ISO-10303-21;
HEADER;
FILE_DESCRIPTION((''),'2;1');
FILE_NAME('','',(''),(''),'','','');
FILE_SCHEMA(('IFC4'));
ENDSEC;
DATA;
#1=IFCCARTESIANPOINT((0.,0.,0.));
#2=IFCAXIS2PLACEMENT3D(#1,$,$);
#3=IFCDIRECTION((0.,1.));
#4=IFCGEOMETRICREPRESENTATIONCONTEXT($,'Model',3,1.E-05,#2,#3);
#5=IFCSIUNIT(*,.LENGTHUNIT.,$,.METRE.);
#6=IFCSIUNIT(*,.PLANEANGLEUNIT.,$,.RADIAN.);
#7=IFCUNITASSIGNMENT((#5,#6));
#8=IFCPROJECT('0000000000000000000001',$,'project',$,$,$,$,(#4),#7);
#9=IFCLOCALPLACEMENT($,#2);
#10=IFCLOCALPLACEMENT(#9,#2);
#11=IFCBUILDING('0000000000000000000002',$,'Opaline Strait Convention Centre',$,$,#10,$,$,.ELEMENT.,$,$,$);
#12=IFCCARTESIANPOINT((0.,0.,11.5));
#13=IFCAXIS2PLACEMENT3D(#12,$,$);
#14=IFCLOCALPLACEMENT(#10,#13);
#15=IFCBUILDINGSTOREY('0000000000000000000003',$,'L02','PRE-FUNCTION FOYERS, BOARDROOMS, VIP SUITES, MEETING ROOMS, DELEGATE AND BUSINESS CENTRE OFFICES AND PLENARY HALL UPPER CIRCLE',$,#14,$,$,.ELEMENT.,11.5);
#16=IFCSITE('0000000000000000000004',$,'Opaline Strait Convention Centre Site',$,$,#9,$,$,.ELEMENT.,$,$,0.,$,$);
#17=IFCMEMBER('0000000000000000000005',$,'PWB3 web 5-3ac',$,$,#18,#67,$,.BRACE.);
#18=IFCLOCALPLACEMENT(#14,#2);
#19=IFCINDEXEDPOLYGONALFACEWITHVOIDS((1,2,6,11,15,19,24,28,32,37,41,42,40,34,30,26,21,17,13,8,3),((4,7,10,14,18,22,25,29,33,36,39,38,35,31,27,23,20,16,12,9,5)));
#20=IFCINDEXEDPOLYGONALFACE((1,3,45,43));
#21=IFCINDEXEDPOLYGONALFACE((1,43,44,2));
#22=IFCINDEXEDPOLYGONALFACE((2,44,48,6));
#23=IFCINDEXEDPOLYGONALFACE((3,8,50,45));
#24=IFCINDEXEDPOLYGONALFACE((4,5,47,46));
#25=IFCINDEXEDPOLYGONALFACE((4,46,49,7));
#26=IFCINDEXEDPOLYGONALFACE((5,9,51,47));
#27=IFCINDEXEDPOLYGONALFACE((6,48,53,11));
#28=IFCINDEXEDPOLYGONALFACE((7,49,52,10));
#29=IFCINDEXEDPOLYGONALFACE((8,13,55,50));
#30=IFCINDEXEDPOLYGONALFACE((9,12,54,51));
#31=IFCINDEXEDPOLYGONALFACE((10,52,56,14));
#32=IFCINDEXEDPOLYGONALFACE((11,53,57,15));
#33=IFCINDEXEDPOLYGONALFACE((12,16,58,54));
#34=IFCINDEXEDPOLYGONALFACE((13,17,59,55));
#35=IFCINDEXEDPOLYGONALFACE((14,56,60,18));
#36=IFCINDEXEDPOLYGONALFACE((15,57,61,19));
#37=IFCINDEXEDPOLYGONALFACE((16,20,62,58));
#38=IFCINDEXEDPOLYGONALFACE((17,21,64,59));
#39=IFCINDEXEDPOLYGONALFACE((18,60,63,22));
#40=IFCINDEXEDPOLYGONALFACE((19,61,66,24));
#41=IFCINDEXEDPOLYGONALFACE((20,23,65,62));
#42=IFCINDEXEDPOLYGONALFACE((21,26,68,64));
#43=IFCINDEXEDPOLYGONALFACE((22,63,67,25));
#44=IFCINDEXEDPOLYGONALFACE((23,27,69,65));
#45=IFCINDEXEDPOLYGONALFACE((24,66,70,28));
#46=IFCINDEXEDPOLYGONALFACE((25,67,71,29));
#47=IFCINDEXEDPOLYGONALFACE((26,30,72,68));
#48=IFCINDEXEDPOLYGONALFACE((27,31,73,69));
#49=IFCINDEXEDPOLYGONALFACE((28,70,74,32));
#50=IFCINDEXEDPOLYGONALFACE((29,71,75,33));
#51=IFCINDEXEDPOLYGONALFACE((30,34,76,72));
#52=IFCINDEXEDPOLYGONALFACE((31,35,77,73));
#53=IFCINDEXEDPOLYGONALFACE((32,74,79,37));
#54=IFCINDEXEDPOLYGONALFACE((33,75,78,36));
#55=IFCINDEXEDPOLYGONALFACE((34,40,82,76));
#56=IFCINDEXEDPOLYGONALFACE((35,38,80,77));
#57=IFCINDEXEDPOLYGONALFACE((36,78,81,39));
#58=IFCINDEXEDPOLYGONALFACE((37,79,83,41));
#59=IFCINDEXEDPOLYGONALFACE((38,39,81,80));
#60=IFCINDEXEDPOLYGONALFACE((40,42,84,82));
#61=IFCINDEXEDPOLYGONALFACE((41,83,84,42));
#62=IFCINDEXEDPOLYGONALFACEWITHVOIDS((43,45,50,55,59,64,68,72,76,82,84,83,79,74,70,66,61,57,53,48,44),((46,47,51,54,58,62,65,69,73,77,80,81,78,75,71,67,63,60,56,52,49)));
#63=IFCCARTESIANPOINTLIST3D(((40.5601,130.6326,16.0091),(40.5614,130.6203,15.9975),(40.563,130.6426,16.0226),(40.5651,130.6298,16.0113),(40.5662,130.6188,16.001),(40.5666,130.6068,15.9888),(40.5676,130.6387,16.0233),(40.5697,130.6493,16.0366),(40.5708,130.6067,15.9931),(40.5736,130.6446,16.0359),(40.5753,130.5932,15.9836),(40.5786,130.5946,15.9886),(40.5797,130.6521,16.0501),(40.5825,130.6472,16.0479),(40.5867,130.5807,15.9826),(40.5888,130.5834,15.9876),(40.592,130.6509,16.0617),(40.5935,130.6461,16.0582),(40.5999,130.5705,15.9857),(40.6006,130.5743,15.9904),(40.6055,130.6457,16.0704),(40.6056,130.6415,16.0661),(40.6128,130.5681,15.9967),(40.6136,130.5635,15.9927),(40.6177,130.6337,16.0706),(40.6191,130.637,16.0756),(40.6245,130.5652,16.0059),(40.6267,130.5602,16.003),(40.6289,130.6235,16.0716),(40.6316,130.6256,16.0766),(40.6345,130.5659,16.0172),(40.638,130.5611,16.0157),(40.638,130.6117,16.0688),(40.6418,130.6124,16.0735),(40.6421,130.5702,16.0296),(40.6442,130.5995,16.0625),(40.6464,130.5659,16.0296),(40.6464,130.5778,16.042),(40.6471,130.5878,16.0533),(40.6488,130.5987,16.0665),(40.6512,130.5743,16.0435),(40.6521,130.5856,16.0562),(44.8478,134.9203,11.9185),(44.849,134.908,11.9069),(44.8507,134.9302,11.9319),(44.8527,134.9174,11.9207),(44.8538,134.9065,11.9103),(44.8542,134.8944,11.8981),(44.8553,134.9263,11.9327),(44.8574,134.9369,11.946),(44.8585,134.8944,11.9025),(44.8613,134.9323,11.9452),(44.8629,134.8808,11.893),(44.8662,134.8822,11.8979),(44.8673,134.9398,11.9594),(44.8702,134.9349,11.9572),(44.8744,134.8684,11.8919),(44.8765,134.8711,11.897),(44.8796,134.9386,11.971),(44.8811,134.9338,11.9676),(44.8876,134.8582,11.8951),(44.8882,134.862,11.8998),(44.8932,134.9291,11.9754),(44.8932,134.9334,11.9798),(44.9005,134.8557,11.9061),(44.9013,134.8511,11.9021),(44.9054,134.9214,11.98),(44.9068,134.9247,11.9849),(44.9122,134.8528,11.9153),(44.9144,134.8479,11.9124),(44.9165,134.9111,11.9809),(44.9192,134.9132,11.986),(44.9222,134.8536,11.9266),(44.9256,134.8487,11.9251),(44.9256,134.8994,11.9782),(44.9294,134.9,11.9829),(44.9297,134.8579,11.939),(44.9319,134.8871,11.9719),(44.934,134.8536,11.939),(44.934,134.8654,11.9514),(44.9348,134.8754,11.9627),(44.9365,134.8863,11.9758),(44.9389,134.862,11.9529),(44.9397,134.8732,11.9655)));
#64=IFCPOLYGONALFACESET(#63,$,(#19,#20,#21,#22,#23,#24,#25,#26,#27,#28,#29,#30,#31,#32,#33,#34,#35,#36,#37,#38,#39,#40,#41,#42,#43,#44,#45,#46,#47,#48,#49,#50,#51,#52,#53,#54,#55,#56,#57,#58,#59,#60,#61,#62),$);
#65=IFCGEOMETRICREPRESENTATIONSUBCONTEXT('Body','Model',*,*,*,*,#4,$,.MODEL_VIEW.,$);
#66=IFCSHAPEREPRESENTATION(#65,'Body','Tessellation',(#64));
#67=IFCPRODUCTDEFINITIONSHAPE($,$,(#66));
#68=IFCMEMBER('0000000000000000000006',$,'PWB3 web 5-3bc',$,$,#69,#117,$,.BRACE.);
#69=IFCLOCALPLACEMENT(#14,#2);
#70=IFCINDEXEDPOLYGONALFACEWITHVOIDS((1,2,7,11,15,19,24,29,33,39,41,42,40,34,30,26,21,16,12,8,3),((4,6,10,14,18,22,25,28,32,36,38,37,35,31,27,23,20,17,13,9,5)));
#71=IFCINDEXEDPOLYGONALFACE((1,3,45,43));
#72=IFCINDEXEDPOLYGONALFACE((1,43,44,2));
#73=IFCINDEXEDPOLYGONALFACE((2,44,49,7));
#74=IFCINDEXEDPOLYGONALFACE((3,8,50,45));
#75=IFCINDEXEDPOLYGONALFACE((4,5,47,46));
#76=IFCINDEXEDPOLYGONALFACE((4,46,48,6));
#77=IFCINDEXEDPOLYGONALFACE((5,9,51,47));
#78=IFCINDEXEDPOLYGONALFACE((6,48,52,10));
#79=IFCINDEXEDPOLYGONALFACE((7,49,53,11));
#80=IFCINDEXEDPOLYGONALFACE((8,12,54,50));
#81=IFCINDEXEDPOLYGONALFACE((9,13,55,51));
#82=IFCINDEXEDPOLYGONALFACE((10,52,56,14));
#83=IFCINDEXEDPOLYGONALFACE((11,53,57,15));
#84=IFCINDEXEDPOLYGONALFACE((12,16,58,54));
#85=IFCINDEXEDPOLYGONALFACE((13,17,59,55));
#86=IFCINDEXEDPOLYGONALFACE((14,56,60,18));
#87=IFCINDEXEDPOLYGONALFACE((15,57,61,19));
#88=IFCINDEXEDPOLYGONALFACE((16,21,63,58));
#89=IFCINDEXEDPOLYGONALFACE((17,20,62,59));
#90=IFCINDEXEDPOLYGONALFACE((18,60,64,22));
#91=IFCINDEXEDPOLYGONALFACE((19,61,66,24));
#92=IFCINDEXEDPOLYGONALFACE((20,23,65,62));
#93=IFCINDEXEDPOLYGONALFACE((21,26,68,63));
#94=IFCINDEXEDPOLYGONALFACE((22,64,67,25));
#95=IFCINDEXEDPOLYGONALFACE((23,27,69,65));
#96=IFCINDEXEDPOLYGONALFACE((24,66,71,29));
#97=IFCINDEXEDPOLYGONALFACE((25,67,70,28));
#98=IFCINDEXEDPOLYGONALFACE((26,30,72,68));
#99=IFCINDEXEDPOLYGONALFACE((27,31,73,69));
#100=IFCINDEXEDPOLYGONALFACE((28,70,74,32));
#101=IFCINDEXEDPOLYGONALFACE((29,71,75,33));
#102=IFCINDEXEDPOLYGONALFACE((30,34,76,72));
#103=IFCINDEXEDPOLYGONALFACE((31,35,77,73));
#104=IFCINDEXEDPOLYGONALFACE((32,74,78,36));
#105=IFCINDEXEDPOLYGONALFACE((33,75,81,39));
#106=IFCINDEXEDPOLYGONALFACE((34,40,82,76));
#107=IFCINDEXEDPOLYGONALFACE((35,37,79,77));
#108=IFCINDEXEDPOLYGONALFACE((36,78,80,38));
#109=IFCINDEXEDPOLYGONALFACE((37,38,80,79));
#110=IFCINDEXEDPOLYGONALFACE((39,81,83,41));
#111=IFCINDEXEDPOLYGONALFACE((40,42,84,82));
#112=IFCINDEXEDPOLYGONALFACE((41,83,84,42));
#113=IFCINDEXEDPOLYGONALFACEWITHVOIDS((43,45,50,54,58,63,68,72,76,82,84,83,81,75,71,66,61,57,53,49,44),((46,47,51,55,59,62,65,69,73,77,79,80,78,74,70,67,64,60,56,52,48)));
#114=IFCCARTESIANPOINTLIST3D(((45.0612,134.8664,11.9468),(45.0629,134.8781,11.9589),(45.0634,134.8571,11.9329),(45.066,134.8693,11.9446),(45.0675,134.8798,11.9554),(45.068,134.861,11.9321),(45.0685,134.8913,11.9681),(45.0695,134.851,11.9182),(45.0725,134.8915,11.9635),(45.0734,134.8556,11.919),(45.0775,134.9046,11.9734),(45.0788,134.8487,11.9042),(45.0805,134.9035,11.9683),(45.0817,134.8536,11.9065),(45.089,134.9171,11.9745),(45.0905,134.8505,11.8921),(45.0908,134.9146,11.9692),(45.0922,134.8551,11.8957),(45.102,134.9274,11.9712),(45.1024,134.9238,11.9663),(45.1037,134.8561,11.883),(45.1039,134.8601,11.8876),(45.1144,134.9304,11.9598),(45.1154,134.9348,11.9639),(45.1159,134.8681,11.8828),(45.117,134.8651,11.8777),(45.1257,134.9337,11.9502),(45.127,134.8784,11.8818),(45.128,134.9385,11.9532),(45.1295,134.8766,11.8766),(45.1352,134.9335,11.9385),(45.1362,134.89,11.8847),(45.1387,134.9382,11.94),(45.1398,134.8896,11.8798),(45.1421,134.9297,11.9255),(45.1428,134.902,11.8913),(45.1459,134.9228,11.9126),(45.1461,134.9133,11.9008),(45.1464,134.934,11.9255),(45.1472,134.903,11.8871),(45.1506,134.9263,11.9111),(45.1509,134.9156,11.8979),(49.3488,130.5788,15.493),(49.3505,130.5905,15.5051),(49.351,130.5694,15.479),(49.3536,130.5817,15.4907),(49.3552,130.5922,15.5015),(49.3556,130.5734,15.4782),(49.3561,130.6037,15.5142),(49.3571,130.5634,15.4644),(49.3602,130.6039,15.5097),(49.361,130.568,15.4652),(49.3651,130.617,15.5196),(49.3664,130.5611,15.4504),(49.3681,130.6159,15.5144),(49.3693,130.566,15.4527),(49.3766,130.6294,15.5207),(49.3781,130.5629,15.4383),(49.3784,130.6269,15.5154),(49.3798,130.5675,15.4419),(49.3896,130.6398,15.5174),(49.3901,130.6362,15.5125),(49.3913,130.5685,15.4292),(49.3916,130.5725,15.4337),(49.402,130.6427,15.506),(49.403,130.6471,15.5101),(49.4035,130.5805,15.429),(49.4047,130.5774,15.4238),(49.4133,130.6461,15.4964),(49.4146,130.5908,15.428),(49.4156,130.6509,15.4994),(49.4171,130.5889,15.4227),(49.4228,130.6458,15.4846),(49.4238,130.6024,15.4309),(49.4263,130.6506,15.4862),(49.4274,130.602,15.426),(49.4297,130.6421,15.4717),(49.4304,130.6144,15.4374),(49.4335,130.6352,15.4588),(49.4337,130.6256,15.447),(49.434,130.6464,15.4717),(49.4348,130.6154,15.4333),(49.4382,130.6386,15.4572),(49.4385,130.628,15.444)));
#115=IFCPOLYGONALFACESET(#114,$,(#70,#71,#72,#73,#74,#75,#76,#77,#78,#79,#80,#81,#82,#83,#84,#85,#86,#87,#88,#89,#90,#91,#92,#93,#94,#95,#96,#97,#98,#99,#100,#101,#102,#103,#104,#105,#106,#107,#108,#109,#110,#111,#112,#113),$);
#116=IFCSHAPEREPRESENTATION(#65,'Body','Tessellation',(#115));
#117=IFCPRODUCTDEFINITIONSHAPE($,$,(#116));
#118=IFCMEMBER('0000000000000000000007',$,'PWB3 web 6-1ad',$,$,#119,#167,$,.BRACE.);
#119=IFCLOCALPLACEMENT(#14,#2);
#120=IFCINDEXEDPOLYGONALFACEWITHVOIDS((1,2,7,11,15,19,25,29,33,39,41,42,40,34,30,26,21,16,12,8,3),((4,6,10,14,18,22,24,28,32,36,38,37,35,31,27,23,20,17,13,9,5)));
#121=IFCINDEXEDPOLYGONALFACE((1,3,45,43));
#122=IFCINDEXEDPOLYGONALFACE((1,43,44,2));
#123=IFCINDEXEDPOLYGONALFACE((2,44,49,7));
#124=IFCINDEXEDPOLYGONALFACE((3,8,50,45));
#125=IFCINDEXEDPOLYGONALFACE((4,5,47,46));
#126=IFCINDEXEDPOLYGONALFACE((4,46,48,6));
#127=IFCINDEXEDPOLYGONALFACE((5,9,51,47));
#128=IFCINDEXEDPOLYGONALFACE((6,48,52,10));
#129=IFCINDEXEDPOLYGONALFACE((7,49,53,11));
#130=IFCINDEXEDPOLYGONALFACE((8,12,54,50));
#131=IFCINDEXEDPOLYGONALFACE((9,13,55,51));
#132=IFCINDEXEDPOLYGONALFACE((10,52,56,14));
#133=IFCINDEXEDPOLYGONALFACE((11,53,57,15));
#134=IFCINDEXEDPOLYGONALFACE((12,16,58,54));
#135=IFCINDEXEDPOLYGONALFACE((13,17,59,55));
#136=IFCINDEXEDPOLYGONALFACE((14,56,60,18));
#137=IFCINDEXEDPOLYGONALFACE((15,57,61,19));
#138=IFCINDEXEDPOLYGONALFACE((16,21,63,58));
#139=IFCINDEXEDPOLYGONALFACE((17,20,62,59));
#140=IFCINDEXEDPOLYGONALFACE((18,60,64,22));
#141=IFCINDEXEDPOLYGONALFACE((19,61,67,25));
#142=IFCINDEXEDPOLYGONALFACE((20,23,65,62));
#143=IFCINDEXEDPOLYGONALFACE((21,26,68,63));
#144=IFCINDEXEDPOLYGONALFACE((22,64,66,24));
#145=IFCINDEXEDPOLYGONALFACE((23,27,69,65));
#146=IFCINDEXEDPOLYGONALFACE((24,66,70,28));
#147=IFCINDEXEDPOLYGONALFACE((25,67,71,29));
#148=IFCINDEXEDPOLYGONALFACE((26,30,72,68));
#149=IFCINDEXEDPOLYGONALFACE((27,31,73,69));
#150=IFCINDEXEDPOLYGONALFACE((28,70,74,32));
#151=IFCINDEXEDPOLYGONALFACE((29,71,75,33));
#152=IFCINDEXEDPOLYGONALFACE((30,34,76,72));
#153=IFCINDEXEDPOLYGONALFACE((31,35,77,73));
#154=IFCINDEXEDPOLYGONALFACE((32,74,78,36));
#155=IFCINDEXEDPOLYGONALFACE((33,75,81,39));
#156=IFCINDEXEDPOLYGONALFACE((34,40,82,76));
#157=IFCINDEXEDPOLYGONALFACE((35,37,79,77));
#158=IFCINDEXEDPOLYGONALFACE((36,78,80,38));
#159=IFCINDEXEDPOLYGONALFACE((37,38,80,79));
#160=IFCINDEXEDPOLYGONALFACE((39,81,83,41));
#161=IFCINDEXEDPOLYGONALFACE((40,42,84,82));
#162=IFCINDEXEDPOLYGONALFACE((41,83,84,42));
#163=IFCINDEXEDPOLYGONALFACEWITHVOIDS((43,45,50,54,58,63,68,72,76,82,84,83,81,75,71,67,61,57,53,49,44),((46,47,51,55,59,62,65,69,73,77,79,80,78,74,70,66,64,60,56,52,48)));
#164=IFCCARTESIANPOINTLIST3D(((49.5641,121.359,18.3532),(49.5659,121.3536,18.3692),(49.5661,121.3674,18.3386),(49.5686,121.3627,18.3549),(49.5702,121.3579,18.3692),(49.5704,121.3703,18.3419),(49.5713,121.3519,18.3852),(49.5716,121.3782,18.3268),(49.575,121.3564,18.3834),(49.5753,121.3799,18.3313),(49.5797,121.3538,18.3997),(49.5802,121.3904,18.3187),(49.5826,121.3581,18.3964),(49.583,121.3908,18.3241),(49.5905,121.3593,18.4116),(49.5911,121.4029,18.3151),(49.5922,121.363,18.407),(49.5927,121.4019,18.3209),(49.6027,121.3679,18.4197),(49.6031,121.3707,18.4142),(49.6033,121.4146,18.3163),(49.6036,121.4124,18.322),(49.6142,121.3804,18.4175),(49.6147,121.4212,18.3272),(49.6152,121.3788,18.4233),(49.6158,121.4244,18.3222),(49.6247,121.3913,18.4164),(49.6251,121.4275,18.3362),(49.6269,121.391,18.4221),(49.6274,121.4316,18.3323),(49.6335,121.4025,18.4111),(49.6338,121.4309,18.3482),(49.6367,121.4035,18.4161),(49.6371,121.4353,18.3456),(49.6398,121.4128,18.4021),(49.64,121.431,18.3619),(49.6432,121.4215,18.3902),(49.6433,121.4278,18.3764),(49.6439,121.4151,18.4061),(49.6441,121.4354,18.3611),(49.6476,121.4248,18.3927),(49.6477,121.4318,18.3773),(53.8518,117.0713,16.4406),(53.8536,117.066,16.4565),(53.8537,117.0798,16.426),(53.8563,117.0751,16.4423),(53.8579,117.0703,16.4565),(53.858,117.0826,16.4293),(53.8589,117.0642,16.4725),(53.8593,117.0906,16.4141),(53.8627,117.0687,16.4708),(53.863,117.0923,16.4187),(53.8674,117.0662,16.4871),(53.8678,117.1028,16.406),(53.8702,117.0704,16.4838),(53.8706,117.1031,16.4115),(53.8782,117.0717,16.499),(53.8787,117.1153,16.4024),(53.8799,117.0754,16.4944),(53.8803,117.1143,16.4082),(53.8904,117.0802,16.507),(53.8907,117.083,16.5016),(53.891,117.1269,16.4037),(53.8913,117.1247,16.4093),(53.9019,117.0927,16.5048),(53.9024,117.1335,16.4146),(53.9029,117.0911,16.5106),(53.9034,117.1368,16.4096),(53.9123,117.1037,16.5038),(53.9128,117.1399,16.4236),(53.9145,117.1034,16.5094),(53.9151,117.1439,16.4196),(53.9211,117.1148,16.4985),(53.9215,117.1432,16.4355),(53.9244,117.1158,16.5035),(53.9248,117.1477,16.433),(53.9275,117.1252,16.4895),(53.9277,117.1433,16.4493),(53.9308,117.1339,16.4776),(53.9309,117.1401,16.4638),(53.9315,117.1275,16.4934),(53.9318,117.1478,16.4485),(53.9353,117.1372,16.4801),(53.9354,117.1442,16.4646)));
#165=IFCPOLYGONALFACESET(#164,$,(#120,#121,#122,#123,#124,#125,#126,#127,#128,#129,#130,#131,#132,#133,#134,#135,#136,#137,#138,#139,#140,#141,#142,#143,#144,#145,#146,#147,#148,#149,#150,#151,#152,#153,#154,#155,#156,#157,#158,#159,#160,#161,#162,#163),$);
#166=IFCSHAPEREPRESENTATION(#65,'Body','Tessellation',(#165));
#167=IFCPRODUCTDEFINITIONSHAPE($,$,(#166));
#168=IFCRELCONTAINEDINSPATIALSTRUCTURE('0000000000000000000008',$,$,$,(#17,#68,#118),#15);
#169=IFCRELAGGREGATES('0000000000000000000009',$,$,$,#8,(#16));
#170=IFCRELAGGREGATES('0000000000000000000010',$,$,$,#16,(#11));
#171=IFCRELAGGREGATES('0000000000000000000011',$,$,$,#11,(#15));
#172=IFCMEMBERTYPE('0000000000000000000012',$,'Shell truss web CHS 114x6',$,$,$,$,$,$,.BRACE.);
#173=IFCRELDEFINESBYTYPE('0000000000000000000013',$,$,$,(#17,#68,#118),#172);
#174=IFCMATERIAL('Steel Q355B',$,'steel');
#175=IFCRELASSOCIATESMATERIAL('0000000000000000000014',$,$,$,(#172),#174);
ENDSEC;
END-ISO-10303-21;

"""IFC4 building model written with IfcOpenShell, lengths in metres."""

from ifc_helpers import new_model, si_unit, direction, frame, origin, origin_2d, place, context, subcontext, project, spatial, hollow_circle, extrude, material, material_profile, profile_set, type_object, element, save


model = new_model("IFC4")

# Units and contexts
model_context = context("Model", 3, precision=1e-05, world=origin(), true_north=direction((0.0, 1.0)))
body_context = subcontext(model_context, "Body", "Model", "MODEL_VIEW")
ifc_project = project(units=[si_unit("LENGTHUNIT", "METRE"), si_unit("PLANEANGLEUNIT", "RADIAN")], contexts=[model_context])

# Site, building, storey
site_placement = place(None, origin())
site = spatial("IfcSite", under=ifc_project, at=site_placement, Name="Opaline Strait Convention Centre Site", CompositionType="ELEMENT", RefElevation=0.0)
building_placement = place(site_placement, origin())
building = spatial("IfcBuilding", under=site, at=building_placement, Name="Opaline Strait Convention Centre", CompositionType="ELEMENT")
storey_placement = place(building_placement, frame((0.0, 0.0, 11.5)))
storey = spatial("IfcBuildingStorey", under=building, at=storey_placement, Name="L02", Description="PRE-FUNCTION FOYERS, BOARDROOMS, VIP SUITES, MEETING ROOMS, DELEGATE AND BUSINESS CENTRE OFFICES AND PLENARY HALL UPPER CIRCLE", CompositionType="ELEMENT", Elevation=11.5)

# Members
ifc_material_1 = material(Name="Steel Q355B", Category="steel")
ifc_material_profile_1 = material_profile(ifc_material_1, hollow_circle(Radius=0.0569, WallThickness=0.0061, at=origin_2d()), Name="CHS 114x6")
ifc_profile_set_1 = profile_set([ifc_material_profile_1], Name="Steel Q355B")
member_type_1 = type_object("IfcMemberType", Name="Shell truss web CHS 114x6", PredefinedType="BRACE", material=ifc_profile_set_1)
member_1_placement = place(storey_placement, frame((44.8938, 134.8938, 11.939), z_axis=(-0.586189, -0.586189, 0.559253), x_axis=(0.707107, -0.707107, 0.0)))
element("IfcMember", 1, at=member_1_placement, inside=storey, type_object=member_type_1, Name="PWB3 web 5-3ac", PredefinedType="BRACE", context=body_context, shape_type="SweptSolid", body=[
    extrude(hollow_circle(Radius=0.0569, WallThickness=0.0061, at=origin_2d()), origin(), (0.0, 0.0, 1.0), 7.3145),
])
member_2_placement = place(storey_placement, frame((45.1062, 134.8938, 11.9255), z_axis=(0.610387, -0.610387, 0.504833), x_axis=(0.707107, 0.707107, 0.0)))
element("IfcMember", 2, at=member_2_placement, inside=storey, type_object=member_type_1, Name="PWB3 web 5-3bc", PredefinedType="BRACE", context=body_context, shape_type="SweptSolid", body=[
    extrude(hollow_circle(Radius=0.0569, WallThickness=0.0061, at=origin_2d()), origin(), (0.0, 0.0, 1.0), 7.0244),
])
member_3_placement = place(storey_placement, frame((53.8938, 117.1062, 16.4565), z_axis=(-0.674356, 0.674356, 0.300814), x_axis=(-0.707107, -0.707107, 0.0)))
element("IfcMember", 3, at=member_3_placement, inside=storey, type_object=member_type_1, Name="PWB3 web 6-1ad", PredefinedType="BRACE", context=body_context, shape_type="SweptSolid", body=[
    extrude(hollow_circle(Radius=0.0569, WallThickness=0.0061, at=origin_2d()), origin(), (0.0, 0.0, 1.0), 6.3582),
])

save(model, "model.ifc")
